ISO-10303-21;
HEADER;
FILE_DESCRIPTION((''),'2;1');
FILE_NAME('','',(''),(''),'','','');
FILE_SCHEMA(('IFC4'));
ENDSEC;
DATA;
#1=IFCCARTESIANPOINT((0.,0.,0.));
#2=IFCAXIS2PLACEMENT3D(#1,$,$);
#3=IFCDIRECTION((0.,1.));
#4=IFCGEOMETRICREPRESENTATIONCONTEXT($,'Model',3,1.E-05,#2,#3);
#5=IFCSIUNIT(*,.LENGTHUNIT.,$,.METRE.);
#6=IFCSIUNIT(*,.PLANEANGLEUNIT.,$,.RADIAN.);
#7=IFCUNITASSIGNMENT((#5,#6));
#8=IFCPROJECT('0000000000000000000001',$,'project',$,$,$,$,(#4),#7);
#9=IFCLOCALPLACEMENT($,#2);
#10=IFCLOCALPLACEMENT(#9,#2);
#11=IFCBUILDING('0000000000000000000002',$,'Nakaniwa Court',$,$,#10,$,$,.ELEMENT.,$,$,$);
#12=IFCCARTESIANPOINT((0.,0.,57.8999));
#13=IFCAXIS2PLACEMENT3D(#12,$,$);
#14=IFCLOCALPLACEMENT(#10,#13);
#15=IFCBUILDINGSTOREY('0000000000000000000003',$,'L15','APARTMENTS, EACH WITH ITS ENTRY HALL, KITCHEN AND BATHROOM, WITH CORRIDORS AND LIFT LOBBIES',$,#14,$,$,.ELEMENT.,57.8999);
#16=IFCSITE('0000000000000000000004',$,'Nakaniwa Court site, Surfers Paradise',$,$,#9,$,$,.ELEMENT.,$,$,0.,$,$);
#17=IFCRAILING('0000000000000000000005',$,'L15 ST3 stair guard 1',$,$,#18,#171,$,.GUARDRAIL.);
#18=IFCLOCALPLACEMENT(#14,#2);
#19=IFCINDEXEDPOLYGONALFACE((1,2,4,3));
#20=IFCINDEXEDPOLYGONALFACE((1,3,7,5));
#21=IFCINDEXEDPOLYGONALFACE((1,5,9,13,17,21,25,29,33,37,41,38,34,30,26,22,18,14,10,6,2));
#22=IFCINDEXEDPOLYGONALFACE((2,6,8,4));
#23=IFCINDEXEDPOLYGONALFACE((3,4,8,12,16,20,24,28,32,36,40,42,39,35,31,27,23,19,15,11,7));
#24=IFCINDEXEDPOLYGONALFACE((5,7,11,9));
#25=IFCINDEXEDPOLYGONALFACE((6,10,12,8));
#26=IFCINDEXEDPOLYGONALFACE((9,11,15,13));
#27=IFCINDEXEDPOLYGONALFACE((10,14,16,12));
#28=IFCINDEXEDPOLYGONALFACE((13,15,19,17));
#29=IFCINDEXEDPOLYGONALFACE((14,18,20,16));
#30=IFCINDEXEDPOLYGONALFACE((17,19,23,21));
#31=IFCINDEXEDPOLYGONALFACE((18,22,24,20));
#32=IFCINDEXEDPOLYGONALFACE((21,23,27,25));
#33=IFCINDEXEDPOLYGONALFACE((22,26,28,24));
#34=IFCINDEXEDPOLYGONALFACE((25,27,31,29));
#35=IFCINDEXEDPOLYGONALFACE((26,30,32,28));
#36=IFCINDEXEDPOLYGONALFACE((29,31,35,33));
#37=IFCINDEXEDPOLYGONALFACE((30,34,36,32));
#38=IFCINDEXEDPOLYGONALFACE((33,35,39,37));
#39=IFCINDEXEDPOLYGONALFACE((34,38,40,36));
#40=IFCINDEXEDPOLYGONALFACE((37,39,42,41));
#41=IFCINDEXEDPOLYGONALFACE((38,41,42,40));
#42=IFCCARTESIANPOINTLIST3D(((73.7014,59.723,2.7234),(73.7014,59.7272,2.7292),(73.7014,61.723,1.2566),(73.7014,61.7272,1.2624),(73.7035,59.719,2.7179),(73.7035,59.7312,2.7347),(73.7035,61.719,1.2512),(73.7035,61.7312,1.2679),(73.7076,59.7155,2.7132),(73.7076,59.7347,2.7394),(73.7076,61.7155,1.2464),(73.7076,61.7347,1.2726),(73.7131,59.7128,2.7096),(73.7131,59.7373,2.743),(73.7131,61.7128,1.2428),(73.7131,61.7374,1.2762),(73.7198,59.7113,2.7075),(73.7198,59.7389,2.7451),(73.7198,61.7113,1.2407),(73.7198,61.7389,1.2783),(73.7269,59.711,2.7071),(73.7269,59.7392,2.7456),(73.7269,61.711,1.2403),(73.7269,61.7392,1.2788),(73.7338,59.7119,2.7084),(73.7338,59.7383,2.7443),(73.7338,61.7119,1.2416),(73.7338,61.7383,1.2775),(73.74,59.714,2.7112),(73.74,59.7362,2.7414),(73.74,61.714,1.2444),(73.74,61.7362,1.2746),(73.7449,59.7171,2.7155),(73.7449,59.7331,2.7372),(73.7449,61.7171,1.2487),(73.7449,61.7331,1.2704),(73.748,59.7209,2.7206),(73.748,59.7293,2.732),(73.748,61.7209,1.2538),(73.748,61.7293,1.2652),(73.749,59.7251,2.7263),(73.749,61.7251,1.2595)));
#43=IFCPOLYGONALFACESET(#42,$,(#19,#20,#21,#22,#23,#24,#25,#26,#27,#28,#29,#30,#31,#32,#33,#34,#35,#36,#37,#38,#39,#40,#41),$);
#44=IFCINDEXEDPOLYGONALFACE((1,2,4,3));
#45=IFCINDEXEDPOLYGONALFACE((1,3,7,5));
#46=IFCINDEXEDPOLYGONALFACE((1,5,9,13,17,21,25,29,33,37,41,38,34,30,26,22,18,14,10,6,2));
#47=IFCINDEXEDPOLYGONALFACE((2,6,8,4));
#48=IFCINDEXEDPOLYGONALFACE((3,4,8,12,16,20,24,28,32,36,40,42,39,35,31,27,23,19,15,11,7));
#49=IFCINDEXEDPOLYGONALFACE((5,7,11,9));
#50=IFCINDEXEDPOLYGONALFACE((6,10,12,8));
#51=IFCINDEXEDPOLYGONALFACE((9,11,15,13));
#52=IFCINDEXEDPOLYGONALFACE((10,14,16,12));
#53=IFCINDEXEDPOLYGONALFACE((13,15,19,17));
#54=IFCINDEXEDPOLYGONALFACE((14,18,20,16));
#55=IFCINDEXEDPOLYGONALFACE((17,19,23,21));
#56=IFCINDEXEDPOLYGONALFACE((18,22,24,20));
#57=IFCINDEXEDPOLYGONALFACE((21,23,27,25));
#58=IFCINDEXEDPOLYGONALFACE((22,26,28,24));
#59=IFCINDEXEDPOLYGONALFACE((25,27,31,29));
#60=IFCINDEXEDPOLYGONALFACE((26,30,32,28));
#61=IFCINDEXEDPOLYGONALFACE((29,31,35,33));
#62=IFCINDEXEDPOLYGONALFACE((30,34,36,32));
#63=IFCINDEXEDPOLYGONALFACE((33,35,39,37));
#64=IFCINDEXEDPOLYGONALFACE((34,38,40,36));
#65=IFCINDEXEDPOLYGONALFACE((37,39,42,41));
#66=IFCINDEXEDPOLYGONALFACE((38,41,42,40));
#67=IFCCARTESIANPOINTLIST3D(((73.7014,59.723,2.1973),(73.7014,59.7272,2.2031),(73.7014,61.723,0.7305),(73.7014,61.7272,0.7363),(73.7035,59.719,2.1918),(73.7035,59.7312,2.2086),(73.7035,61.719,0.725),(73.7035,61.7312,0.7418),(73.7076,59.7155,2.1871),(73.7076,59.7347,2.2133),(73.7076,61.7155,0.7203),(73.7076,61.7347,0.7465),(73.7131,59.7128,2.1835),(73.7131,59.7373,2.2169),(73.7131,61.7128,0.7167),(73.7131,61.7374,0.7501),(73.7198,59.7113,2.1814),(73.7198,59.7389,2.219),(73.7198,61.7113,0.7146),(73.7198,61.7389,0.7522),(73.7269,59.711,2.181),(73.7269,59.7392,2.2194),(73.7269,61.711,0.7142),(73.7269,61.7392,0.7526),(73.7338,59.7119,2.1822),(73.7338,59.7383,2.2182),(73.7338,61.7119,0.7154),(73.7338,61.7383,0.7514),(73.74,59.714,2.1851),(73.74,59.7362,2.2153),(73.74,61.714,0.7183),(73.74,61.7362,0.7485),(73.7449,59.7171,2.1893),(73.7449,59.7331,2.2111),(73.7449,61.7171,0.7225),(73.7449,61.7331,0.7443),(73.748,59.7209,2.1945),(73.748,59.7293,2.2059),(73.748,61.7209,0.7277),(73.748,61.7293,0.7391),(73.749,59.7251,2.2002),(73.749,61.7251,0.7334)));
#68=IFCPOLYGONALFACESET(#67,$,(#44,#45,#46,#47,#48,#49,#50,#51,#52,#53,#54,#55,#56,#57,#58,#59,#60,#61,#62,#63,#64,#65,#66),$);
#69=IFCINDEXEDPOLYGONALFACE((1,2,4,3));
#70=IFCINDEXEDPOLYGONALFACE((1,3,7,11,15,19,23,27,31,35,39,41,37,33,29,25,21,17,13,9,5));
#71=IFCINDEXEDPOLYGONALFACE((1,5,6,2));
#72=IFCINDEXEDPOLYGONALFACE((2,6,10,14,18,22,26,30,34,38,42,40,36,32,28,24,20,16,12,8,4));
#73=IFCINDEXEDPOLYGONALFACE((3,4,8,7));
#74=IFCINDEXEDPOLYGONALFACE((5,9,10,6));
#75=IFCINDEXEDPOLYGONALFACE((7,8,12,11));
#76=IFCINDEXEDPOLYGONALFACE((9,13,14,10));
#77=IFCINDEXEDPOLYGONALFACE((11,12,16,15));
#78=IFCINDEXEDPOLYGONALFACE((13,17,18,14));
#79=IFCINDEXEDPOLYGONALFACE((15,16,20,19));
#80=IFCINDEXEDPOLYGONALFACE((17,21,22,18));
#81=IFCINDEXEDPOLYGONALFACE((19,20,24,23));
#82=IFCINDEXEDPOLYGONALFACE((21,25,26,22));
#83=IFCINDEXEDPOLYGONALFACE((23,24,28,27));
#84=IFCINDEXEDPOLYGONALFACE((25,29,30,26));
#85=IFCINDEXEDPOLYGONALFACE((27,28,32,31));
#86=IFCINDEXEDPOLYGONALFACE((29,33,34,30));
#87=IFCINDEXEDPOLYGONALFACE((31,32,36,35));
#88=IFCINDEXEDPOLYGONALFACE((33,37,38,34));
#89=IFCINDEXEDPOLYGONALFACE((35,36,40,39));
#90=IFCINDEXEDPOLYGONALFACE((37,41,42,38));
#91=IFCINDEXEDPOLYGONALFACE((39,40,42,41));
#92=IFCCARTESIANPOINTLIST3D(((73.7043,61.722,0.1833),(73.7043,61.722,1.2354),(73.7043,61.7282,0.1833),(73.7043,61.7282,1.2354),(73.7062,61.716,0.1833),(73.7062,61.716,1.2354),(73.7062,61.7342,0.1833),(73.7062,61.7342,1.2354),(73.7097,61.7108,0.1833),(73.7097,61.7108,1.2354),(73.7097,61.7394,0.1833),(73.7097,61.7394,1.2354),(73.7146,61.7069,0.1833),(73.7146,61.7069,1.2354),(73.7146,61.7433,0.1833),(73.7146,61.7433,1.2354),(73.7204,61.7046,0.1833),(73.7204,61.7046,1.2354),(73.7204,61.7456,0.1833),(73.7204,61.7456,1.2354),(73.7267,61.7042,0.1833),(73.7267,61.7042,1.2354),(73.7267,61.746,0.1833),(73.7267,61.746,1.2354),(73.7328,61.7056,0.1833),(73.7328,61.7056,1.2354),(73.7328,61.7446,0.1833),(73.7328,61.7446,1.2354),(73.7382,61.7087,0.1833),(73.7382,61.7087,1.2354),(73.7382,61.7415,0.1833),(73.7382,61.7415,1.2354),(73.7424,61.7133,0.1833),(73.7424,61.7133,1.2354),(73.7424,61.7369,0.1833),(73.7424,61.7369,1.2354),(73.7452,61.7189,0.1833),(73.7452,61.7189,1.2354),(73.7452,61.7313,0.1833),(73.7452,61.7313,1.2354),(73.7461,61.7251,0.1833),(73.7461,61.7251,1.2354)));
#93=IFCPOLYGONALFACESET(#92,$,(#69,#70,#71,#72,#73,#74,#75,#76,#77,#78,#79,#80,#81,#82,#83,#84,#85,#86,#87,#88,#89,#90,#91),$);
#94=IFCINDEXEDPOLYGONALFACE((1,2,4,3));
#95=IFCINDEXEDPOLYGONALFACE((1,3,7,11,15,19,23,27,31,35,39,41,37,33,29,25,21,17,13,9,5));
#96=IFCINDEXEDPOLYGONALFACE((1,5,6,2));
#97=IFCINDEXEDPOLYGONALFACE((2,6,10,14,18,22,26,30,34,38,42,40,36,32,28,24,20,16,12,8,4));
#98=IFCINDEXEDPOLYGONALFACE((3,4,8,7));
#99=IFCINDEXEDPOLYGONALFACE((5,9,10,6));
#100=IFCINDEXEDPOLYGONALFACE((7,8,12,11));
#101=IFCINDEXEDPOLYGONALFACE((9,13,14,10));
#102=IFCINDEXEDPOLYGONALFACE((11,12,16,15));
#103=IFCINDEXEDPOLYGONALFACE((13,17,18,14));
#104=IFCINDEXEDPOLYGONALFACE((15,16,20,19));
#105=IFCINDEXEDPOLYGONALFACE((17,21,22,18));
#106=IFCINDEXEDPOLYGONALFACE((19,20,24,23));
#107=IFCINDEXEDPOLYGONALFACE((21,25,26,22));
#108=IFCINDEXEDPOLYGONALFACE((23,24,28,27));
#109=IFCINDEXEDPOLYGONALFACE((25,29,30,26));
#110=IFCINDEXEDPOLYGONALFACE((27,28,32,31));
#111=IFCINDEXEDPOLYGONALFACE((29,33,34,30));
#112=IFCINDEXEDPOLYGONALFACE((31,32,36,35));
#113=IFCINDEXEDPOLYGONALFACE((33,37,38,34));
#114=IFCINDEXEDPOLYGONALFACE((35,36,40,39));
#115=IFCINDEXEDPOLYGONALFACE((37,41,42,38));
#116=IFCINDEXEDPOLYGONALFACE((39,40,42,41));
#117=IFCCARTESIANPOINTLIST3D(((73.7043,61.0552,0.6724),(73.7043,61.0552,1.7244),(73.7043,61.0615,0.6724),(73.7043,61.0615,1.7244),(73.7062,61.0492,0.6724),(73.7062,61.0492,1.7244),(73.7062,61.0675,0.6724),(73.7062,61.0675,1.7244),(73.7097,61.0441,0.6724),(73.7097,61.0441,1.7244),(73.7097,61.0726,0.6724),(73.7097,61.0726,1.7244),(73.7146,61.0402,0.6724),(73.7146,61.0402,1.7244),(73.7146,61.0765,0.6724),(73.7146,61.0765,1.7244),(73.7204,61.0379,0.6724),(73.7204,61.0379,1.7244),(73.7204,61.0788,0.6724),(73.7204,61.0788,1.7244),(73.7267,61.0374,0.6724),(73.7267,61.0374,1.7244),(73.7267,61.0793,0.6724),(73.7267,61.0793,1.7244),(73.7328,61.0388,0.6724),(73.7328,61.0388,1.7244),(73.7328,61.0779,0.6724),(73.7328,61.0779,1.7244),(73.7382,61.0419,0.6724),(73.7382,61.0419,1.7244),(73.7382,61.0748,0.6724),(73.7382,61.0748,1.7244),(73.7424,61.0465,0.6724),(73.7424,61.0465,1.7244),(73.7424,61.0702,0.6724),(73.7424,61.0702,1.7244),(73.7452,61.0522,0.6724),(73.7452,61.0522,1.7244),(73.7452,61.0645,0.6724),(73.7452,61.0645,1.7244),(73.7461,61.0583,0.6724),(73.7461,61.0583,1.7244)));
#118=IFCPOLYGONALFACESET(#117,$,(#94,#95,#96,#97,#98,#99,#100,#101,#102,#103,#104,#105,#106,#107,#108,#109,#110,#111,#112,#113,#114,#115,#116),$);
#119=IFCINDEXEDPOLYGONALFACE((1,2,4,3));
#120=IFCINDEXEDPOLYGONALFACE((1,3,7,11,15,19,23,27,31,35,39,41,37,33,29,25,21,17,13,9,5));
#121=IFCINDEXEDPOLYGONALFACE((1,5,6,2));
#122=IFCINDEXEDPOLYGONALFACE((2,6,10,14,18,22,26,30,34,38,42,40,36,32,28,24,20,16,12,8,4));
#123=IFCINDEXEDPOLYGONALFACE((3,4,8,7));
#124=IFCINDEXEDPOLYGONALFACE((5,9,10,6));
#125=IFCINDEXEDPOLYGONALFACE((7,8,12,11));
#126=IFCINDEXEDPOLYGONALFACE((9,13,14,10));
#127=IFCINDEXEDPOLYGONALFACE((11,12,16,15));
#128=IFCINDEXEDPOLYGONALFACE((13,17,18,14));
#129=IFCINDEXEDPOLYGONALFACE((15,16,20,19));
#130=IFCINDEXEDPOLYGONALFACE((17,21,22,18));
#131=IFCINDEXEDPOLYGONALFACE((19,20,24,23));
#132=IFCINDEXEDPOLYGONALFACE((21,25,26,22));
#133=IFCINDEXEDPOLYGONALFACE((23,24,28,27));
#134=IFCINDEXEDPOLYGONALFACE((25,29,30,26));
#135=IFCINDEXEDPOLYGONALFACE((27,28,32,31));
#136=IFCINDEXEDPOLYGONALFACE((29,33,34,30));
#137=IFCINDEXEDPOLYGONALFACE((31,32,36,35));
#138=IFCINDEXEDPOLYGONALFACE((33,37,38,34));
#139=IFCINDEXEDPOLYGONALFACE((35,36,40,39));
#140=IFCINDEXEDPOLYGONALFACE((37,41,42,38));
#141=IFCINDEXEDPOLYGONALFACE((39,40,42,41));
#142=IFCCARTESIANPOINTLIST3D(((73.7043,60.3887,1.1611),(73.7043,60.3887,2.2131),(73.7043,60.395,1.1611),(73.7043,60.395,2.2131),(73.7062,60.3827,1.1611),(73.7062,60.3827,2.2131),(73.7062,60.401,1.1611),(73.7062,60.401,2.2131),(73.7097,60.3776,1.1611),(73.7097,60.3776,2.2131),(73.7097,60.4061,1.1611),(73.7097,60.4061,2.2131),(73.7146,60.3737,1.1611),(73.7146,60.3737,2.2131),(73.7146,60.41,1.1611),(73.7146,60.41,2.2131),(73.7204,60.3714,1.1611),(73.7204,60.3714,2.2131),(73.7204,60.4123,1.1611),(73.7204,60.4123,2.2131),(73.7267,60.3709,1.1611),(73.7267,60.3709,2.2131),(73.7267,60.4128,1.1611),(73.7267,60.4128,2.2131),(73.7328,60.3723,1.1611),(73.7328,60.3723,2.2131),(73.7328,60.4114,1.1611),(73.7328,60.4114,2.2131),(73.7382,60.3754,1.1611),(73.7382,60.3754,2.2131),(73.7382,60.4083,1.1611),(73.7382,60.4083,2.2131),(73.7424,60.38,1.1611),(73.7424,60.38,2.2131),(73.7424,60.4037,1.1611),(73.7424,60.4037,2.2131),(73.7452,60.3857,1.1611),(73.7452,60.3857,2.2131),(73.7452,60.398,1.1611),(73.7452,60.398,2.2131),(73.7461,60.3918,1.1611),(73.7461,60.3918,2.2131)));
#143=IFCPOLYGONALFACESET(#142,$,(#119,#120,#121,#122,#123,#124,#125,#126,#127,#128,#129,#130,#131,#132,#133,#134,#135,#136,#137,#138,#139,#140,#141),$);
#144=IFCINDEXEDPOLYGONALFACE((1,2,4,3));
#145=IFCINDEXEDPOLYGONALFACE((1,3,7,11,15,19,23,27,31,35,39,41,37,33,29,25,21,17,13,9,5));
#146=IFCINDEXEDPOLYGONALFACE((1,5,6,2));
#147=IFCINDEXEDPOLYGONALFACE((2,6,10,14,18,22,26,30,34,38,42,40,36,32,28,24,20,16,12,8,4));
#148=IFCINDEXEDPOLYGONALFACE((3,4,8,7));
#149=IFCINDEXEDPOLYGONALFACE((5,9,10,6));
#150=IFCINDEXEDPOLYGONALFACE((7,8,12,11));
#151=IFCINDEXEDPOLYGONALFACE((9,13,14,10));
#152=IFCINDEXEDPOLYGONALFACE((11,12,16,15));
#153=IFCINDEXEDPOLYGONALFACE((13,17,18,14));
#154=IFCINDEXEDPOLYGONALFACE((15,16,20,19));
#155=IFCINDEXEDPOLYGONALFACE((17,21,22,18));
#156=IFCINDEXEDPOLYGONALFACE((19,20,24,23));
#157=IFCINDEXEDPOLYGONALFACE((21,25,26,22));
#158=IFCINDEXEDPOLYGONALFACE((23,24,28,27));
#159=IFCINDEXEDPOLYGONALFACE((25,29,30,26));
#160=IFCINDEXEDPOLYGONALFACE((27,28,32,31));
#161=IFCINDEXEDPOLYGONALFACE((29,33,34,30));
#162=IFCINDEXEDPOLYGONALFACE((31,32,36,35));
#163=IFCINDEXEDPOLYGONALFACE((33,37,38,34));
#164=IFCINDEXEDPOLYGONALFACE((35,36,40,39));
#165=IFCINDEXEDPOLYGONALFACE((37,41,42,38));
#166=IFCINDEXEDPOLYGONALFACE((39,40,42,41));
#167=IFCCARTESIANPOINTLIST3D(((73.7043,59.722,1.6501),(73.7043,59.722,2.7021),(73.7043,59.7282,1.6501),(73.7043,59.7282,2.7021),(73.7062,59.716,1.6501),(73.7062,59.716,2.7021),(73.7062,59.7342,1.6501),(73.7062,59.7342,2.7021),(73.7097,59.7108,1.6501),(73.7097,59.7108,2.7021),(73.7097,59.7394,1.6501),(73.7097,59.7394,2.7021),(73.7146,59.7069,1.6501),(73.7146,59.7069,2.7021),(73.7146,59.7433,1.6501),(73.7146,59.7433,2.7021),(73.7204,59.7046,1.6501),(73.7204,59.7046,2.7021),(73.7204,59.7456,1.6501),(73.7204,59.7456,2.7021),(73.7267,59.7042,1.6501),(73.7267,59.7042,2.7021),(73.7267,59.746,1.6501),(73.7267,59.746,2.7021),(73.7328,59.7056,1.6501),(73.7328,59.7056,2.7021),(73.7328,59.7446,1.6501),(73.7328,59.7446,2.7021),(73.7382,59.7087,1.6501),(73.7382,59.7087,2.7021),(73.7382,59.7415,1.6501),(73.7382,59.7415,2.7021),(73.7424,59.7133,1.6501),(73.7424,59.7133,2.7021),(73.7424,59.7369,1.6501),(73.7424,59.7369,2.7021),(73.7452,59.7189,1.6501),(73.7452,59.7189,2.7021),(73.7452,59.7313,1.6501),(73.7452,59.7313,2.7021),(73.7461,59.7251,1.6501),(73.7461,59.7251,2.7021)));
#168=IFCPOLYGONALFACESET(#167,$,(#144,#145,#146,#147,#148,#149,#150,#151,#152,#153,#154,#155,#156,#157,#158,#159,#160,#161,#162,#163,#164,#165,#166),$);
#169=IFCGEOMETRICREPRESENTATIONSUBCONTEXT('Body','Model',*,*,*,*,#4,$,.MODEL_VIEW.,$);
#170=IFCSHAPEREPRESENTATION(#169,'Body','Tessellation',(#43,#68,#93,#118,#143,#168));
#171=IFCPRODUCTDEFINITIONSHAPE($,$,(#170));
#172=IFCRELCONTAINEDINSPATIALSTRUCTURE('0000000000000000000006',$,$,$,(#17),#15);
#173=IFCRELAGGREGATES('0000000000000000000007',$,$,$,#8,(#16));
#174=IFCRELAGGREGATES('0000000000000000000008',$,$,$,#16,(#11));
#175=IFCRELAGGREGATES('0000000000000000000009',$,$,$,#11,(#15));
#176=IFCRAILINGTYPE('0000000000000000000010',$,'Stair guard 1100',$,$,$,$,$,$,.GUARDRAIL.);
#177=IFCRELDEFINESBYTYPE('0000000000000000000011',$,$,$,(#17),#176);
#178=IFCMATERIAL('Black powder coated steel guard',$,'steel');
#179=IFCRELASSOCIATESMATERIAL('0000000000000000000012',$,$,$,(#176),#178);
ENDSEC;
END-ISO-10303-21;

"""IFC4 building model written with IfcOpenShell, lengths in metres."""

from ifc_helpers import new_model, si_unit, direction, frame, origin, origin_2d, place, context, subcontext, project, spatial, circle, extrude, material, type_object, element, save


model = new_model("IFC4")

# Units and contexts
model_context = context("Model", 3, precision=1e-05, world=origin(), true_north=direction((0.0, 1.0)))
body_context = subcontext(model_context, "Body", "Model", "MODEL_VIEW")
ifc_project = project(units=[si_unit("LENGTHUNIT", "METRE"), si_unit("PLANEANGLEUNIT", "RADIAN")], contexts=[model_context])

# Site, building, storey
site_placement = place(None, origin())
site = spatial("IfcSite", under=ifc_project, at=site_placement, Name="Nakaniwa Court site, Surfers Paradise", CompositionType="ELEMENT", RefElevation=0.0)
building_placement = place(site_placement, origin())
building = spatial("IfcBuilding", under=site, at=building_placement, Name="Nakaniwa Court", CompositionType="ELEMENT")
storey_placement = place(building_placement, frame((0.0, 0.0, 57.8999)))
storey = spatial("IfcBuildingStorey", under=building, at=storey_placement, Name="L15", Description="APARTMENTS, EACH WITH ITS ENTRY HALL, KITCHEN AND BATHROOM, WITH CORRIDORS AND LIFT LOBBIES", CompositionType="ELEMENT", Elevation=57.8999)

# Railing
ifc_material_1 = material(Name="Black powder coated steel guard", Category="steel")
railing_type_1 = type_object("IfcRailingType", Name="Stair guard 1100", PredefinedType="GUARDRAIL", material=ifc_material_1)
railing_1_placement = place(storey_placement, frame((73.7251, 61.7251, 0.1833)))
element("IfcRailing", 1, at=railing_1_placement, inside=storey, type_object=railing_type_1, Name="L15 ST3 stair guard 1", PredefinedType="GUARDRAIL", context=body_context, shape_type="SweptSolid", body=[
    extrude(circle(Radius=0.0239, at=origin_2d()), frame((0.0, 0.0, 1.0762), z_axis=(0.0, -0.80638, 0.591398), x_axis=(1.0, 0.0, 0.0)), (0.0, 0.0, 1.0), 2.4802),
    extrude(circle(Radius=0.0239, at=origin_2d()), frame((0.0, 0.0, 0.55), z_axis=(0.0, -0.80638, 0.591398), x_axis=(1.0, 0.0, 0.0)), (0.0, 0.0, 1.0), 2.4802),
    extrude(circle(Radius=0.021, at=origin_2d()), origin(), (0.0, 0.0, 1.0), 1.052),
    extrude(circle(Radius=0.021, at=origin_2d()), frame((0.0, -0.6667, 0.489)), (0.0, 0.0, 1.0), 1.052),
    extrude(circle(Radius=0.021, at=origin_2d()), frame((0.0, -1.3333, 0.9778)), (0.0, 0.0, 1.0), 1.052),
    extrude(circle(Radius=0.021, at=origin_2d()), frame((0.0, -2.0, 1.4668)), (0.0, 0.0, 1.0), 1.052),
])

save(model, "model.ifc")
